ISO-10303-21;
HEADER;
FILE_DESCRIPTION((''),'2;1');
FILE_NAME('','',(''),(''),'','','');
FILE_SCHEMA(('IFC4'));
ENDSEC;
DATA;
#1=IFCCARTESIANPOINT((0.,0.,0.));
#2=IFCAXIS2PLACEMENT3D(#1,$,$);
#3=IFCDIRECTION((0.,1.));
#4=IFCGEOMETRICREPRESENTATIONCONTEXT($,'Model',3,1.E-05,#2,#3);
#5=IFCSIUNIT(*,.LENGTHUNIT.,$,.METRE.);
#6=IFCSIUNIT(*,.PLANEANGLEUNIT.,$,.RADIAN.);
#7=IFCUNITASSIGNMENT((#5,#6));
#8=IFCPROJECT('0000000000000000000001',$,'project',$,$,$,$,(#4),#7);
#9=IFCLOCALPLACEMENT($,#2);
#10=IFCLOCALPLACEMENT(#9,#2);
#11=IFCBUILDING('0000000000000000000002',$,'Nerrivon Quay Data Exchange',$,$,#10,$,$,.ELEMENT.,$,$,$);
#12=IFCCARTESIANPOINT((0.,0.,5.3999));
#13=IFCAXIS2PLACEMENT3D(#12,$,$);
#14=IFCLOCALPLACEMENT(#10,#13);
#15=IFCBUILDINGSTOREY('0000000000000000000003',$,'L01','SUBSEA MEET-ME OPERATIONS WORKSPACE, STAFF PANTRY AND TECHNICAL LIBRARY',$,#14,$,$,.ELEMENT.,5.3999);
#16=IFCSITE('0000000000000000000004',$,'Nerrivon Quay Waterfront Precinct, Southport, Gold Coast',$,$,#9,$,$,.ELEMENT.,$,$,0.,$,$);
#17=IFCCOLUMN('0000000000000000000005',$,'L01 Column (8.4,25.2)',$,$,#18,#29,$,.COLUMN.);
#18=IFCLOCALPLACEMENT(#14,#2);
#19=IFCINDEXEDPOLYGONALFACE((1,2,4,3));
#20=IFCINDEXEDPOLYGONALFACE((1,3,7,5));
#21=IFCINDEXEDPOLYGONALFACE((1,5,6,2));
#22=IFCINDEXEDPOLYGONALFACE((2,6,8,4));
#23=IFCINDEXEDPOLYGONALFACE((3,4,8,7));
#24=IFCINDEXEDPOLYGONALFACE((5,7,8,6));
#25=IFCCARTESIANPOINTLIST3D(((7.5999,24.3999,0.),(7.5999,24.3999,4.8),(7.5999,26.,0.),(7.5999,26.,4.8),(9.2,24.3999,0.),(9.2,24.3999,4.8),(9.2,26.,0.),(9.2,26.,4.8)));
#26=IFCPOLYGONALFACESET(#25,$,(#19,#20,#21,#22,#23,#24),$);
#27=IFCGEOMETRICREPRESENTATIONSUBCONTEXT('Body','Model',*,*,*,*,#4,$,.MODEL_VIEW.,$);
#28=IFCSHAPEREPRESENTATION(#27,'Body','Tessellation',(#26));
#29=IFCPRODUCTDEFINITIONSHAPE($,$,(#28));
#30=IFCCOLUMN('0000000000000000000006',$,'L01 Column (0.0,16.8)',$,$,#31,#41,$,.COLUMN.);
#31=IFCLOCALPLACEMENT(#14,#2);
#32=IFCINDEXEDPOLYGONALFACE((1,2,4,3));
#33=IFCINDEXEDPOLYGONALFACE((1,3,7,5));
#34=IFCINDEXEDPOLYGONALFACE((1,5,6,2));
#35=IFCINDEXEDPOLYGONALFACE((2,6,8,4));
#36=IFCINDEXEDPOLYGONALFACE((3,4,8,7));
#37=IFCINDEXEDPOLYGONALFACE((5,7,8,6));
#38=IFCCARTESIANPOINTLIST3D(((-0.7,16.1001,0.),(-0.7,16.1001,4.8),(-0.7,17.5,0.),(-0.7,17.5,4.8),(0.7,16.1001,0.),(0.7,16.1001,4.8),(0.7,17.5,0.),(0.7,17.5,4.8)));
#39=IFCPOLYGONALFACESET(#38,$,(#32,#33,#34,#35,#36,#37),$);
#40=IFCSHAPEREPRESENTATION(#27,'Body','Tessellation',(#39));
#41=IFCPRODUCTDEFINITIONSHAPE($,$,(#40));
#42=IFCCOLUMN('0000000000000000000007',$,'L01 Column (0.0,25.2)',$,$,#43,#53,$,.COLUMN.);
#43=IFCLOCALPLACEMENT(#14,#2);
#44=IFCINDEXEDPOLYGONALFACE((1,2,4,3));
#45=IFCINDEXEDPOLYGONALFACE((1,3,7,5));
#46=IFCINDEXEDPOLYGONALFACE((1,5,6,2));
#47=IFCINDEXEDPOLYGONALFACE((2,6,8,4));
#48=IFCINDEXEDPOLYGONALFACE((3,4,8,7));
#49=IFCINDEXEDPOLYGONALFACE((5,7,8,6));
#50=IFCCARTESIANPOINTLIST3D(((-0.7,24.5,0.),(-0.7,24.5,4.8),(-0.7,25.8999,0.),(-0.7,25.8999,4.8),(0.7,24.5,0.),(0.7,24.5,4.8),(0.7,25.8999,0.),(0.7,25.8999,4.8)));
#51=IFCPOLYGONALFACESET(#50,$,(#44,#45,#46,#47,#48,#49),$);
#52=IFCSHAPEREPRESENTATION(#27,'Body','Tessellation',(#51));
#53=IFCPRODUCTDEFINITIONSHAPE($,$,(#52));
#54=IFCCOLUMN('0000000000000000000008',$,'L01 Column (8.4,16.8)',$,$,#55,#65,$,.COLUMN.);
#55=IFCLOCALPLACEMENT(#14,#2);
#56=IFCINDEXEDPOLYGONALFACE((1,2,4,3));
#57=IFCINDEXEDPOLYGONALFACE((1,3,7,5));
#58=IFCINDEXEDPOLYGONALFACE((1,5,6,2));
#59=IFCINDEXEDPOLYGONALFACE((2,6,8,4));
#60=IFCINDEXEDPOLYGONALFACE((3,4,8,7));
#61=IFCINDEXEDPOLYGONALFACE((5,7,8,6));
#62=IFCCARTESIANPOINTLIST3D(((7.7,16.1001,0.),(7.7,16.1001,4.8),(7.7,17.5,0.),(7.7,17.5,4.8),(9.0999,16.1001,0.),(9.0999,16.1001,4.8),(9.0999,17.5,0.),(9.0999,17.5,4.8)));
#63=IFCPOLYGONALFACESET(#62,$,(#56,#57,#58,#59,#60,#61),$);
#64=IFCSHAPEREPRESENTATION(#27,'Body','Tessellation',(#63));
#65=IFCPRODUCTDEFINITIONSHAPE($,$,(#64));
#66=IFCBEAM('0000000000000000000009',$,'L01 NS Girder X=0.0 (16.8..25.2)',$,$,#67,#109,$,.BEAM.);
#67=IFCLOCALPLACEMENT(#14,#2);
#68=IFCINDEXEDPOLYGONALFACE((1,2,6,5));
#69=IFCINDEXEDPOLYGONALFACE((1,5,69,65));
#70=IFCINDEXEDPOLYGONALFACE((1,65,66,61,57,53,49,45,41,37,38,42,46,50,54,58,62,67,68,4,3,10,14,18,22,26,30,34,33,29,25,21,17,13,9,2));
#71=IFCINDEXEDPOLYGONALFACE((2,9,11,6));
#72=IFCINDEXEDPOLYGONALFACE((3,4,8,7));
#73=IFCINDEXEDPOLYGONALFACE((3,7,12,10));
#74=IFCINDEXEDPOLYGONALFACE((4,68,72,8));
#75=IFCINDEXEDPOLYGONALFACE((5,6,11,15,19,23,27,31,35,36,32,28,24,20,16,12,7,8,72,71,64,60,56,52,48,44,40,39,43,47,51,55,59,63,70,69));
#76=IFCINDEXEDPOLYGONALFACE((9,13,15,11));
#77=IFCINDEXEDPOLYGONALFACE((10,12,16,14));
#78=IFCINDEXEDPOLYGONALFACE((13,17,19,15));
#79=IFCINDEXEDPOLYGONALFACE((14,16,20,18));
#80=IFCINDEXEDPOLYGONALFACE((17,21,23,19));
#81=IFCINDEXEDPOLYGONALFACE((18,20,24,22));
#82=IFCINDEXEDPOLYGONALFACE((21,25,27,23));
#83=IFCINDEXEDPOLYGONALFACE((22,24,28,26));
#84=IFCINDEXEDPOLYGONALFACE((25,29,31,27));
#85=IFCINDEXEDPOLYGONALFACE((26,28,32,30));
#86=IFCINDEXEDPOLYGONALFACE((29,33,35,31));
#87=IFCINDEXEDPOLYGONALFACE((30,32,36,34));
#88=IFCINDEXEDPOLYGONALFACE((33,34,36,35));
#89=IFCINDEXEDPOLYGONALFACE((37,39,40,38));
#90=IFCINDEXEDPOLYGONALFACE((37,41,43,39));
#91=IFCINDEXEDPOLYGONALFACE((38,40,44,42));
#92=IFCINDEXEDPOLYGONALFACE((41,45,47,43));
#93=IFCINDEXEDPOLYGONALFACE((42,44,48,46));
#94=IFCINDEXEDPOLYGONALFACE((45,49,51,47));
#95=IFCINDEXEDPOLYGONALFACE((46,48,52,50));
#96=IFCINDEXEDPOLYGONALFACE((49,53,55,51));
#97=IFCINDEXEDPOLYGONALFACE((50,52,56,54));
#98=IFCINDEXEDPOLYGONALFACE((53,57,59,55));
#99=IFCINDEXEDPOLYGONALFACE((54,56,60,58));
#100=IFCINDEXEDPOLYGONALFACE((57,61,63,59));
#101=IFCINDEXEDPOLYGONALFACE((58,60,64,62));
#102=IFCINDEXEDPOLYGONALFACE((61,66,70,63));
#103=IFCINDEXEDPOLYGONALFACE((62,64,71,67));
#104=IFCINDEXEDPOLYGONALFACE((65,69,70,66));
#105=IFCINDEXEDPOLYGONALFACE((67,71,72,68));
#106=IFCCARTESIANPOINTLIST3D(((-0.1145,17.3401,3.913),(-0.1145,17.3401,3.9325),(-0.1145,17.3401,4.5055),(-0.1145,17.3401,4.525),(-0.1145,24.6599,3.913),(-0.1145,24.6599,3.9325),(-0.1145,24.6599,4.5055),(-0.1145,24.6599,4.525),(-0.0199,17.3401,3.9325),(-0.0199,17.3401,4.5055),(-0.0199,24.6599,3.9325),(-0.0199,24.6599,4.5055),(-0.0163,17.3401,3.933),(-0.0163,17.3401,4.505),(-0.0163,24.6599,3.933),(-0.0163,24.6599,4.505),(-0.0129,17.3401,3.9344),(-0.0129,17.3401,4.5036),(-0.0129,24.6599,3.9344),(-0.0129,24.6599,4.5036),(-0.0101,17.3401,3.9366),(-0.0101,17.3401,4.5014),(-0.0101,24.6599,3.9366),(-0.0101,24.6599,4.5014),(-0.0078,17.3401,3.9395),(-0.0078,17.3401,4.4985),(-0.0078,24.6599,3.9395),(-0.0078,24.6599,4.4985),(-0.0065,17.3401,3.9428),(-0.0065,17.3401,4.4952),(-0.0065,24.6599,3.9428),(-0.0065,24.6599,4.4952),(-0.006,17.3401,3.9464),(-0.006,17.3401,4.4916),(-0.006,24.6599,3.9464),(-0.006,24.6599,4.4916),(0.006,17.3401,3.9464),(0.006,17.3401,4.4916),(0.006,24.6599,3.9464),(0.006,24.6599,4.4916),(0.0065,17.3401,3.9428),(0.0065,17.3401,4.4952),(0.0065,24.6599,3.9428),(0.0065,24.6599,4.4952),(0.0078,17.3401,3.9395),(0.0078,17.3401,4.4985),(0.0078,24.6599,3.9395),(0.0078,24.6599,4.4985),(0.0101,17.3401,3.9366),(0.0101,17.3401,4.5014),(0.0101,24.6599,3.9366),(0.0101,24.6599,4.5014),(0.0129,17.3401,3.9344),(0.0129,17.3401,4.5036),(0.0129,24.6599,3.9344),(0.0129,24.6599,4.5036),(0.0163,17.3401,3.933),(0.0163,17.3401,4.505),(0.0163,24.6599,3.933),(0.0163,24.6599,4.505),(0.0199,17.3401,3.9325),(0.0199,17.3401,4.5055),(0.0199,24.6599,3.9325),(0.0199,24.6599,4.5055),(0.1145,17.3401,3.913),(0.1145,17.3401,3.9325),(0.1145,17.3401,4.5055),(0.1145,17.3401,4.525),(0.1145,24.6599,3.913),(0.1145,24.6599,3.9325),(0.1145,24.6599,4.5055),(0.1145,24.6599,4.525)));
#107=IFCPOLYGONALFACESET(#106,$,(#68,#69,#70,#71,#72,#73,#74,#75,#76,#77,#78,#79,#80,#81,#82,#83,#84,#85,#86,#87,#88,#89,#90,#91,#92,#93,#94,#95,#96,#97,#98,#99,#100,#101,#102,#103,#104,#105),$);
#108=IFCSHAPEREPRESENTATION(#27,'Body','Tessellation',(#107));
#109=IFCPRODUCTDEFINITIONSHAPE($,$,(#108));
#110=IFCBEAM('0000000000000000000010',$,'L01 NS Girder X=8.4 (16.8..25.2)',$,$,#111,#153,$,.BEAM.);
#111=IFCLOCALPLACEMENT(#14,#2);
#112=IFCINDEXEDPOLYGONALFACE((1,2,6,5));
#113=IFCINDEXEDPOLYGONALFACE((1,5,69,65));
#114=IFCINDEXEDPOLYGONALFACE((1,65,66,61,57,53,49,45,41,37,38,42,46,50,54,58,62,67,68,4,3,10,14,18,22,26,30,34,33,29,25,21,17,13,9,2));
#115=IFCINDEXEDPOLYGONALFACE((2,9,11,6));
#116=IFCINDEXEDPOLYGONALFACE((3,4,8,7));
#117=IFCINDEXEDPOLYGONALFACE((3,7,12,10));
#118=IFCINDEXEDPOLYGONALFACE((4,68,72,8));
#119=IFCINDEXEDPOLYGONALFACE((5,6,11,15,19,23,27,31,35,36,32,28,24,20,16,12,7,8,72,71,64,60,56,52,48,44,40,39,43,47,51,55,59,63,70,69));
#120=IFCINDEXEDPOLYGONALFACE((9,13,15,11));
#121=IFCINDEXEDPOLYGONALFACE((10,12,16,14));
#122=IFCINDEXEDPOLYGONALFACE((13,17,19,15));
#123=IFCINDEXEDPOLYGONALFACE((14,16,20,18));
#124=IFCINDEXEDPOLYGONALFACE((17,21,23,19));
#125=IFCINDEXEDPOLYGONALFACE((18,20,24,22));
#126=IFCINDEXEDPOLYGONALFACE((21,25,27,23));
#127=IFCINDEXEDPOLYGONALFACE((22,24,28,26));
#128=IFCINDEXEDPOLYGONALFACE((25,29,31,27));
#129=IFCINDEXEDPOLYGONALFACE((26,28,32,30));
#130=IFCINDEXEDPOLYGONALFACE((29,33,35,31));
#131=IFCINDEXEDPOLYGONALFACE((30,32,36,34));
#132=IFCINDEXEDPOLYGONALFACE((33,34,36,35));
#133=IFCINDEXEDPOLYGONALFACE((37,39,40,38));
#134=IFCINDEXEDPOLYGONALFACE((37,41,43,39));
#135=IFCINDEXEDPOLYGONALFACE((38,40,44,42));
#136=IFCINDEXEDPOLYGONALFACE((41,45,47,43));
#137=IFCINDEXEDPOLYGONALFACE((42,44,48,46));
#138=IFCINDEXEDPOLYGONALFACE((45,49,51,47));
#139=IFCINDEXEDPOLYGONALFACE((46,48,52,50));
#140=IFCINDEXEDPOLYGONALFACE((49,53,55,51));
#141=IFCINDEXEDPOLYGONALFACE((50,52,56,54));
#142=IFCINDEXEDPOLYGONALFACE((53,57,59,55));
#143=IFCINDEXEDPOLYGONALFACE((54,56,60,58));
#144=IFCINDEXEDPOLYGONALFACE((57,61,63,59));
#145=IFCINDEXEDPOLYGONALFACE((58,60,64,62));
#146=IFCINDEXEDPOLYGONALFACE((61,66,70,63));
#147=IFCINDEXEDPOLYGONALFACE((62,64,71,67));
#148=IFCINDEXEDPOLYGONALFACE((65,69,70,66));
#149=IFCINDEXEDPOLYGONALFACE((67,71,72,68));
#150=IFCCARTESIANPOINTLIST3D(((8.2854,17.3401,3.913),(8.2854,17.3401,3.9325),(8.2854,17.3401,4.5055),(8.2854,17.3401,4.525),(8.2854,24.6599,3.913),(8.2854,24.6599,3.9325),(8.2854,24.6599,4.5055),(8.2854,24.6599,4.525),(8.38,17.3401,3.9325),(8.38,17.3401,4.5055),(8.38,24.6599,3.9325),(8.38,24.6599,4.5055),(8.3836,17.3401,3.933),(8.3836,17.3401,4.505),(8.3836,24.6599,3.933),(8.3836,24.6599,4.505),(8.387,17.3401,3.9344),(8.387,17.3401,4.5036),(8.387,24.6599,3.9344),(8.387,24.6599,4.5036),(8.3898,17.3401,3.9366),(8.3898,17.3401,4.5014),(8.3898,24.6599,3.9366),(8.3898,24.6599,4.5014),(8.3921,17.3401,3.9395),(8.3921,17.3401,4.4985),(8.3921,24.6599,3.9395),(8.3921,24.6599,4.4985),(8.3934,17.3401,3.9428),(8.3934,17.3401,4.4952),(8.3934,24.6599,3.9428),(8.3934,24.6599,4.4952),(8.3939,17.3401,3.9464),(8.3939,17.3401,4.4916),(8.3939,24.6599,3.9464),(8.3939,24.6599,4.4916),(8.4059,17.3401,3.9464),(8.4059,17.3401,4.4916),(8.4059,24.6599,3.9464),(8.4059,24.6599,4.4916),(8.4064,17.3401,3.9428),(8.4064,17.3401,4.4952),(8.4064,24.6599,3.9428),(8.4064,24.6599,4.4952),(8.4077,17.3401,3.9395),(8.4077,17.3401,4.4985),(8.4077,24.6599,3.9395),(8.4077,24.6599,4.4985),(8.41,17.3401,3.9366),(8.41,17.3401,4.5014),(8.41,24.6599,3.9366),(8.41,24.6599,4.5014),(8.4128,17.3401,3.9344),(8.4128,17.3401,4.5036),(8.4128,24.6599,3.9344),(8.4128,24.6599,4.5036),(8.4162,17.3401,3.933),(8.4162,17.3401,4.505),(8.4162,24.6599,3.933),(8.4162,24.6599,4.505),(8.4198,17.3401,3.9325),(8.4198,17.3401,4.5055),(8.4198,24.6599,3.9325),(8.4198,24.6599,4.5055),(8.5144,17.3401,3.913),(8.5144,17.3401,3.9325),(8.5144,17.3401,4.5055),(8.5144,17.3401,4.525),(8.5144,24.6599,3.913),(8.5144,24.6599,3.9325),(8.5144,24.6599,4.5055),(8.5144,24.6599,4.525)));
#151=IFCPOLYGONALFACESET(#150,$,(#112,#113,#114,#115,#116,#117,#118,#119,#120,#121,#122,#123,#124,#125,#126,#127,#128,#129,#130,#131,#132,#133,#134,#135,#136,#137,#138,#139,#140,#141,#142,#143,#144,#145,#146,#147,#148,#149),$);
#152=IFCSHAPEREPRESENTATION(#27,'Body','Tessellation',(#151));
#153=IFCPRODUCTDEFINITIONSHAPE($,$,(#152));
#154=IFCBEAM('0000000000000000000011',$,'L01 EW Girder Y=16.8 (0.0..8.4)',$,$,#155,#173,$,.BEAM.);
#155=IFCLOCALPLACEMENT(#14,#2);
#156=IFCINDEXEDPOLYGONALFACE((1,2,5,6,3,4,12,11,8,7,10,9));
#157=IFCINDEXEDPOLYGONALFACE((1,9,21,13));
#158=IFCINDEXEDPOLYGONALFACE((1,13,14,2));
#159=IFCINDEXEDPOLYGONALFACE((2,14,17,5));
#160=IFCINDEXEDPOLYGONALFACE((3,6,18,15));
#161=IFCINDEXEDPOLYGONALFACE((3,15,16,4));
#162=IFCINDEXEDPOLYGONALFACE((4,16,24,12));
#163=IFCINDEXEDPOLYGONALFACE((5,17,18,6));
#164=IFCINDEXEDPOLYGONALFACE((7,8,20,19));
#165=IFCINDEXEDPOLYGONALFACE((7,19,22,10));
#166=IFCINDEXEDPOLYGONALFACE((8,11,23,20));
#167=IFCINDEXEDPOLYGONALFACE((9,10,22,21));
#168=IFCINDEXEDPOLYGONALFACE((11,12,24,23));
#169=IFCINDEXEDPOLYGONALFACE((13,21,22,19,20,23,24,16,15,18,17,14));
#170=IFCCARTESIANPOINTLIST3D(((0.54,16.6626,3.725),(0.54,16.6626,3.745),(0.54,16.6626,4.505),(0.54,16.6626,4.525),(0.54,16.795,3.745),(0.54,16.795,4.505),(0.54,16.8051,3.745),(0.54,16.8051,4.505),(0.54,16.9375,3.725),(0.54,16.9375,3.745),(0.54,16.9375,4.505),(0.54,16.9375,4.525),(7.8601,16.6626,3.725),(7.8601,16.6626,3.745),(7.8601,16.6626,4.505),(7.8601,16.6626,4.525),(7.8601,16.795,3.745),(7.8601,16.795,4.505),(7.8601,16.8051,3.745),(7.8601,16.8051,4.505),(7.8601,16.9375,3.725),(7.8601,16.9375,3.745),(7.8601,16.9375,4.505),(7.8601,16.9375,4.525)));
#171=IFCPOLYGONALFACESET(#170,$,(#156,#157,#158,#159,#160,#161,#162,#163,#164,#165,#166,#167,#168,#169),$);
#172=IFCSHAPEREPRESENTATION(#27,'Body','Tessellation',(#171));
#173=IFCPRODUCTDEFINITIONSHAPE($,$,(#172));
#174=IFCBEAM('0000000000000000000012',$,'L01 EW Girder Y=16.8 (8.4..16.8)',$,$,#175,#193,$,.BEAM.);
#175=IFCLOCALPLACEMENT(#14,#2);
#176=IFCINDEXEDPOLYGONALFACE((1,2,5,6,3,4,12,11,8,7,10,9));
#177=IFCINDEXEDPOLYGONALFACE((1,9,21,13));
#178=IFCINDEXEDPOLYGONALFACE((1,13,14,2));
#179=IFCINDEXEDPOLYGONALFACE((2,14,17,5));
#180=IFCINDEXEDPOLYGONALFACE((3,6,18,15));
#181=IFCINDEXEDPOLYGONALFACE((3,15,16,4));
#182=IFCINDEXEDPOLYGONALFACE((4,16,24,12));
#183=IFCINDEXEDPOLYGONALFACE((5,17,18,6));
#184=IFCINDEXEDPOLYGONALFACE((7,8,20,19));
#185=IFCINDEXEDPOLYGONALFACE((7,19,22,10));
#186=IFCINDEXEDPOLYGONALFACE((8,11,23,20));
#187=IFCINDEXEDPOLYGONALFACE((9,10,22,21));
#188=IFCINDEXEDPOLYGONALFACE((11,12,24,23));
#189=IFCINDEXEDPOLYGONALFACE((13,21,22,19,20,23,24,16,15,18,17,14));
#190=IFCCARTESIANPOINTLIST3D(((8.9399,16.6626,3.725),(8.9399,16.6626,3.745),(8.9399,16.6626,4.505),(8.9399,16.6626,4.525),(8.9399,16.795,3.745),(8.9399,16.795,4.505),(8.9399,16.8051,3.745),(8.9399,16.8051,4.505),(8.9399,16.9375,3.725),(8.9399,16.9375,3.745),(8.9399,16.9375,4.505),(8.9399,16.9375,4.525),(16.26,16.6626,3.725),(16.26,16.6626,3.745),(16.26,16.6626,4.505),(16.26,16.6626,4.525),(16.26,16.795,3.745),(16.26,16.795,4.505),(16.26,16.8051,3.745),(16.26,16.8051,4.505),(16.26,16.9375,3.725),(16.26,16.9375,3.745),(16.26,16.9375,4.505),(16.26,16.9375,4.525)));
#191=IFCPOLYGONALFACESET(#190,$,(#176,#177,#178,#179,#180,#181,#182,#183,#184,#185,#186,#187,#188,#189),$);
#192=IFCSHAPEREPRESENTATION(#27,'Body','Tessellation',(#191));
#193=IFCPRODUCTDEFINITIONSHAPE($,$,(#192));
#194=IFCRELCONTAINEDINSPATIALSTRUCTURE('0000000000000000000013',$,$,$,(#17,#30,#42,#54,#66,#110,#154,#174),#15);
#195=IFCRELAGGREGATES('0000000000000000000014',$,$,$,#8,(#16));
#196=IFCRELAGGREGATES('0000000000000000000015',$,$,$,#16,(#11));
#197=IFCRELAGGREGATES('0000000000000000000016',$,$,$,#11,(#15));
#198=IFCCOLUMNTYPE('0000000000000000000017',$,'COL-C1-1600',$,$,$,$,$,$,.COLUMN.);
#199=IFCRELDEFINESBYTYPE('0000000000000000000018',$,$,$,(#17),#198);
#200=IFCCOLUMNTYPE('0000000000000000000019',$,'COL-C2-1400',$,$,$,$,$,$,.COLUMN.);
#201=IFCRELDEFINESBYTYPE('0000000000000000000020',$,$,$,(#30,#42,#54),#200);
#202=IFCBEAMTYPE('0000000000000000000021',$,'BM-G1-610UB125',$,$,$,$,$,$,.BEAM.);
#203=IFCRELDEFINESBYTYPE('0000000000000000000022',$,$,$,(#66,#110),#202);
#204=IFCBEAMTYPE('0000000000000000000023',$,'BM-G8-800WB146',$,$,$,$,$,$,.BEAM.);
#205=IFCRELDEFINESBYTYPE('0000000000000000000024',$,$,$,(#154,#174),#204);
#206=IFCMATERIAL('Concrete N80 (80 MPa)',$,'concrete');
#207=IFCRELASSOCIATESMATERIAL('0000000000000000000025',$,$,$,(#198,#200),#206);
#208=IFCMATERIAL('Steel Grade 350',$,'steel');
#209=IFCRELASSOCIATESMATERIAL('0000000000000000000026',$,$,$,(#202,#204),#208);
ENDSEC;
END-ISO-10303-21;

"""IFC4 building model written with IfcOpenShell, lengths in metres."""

from ifc_helpers import new_model, si_unit, direction, frame, origin, origin_2d, place, context, subcontext, project, spatial, rectangle, i_section, extrude, material, material_profile, profile_set, type_object, element, save


model = new_model("IFC4")

# Units and contexts
model_context = context("Model", 3, precision=1e-05, world=origin(), true_north=direction((0.0, 1.0)))
body_context = subcontext(model_context, "Body", "Model", "MODEL_VIEW")
ifc_project = project(units=[si_unit("LENGTHUNIT", "METRE"), si_unit("PLANEANGLEUNIT", "RADIAN")], contexts=[model_context])

# Site, building, storey
site_placement = place(None, origin())
site = spatial("IfcSite", under=ifc_project, at=site_placement, Name="Nerrivon Quay Waterfront Precinct, Southport, Gold Coast", CompositionType="ELEMENT", RefElevation=0.0)
building_placement = place(site_placement, origin())
building = spatial("IfcBuilding", under=site, at=building_placement, Name="Nerrivon Quay Data Exchange", CompositionType="ELEMENT")
storey_placement = place(building_placement, frame((0.0, 0.0, 5.3999)))
storey = spatial("IfcBuildingStorey", under=building, at=storey_placement, Name="L01", Description="SUBSEA MEET-ME OPERATIONS WORKSPACE, STAFF PANTRY AND TECHNICAL LIBRARY", CompositionType="ELEMENT", Elevation=5.3999)

# Columns
ifc_material_1 = material(Name="Concrete N80 (80 MPa)", Category="concrete")
ifc_material_profile_1 = material_profile(ifc_material_1, rectangle(XDim=1.6001, YDim=1.6001, at=origin_2d()), Name="RC-COL-1600x1600")
ifc_profile_set_1 = profile_set([ifc_material_profile_1], Name="Concrete N80 (80 MPa)")
column_type_1 = type_object("IfcColumnType", Name="COL-C1-1600", PredefinedType="COLUMN", material=ifc_profile_set_1)
column_placement = place(storey_placement, frame((8.3999, 25.2, 0.0), z_axis=(0.0, 0.0, 1.0), x_axis=(1.0, 0.0, 0.0)))
element("IfcColumn", 1, at=column_placement, inside=storey, type_object=column_type_1, Name="L01 Column (8.4,25.2)", PredefinedType="COLUMN", context=body_context, shape_type="SweptSolid", body=[
    extrude(rectangle(XDim=1.6001, YDim=1.6001, at=origin_2d()), origin(), (0.0, 0.0, 1.0), 4.8),
])
ifc_material_profile_2 = material_profile(ifc_material_1, rectangle(XDim=1.3999, YDim=1.3999, at=origin_2d()), Name="RC-COL-1400x1400")
ifc_profile_set_2 = profile_set([ifc_material_profile_2], Name="Concrete N80 (80 MPa)")
column_type_2 = type_object("IfcColumnType", Name="COL-C2-1400", PredefinedType="COLUMN", material=ifc_profile_set_2)
for number, where, z_axis, x_axis, name in (
    (2, (0.0, 16.8, 0.0), (0.0, 0.0, 1.0), (1.0, 0.0, 0.0), "L01 Column (0.0,16.8)"),
    (3, (0.0, 25.2, 0.0), (0.0, 0.0, 1.0), (1.0, 0.0, 0.0), "L01 Column (0.0,25.2)"),
    (4, (8.3999, 16.8, 0.0), (0.0, 0.0, 1.0), (1.0, 0.0, 0.0), "L01 Column (8.4,16.8)"),
):
    element("IfcColumn", number, at=place(storey_placement, frame(where, z_axis=z_axis, x_axis=x_axis)), inside=storey, type_object=column_type_2, Name=name, PredefinedType="COLUMN", context=body_context, shape_type="SweptSolid", body=[
        extrude(rectangle(XDim=1.3999, YDim=1.3999, at=origin_2d()), origin(), (0.0, 0.0, 1.0), 4.8),
    ])

# Beams
ifc_material_2 = material(Name="Steel Grade 350", Category="steel")
ifc_material_profile_3 = material_profile(ifc_material_2, i_section(OverallWidth=0.229, OverallDepth=0.6121, WebThickness=0.012, FlangeThickness=0.0195, FilletRadius=0.0139, at=origin_2d()), Name="610UB125")
ifc_profile_set_3 = profile_set([ifc_material_profile_3], Name="Steel Grade 350")
beam_type_1 = type_object("IfcBeamType", Name="BM-G1-610UB125", PredefinedType="BEAM", material=ifc_profile_set_3)
for number, where, z_axis, x_axis, name in (
    (5, (0.0, 17.3401, 4.219), (0.0, 1.0, 0.0), (-1.0, 0.0, 0.0), "L01 NS Girder X=0.0 (16.8..25.2)"),
    (6, (8.3999, 17.3401, 4.219), (0.0, 1.0, 0.0), (-1.0, 0.0, 0.0), "L01 NS Girder X=8.4 (16.8..25.2)"),
):
    element("IfcBeam", number, at=place(storey_placement, frame(where, z_axis=z_axis, x_axis=x_axis)), inside=storey, type_object=beam_type_1, Name=name, PredefinedType="BEAM", context=body_context, shape_type="SweptSolid", body=[
        extrude(i_section(OverallWidth=0.229, OverallDepth=0.6121, WebThickness=0.012, FlangeThickness=0.0195, FilletRadius=0.0139, at=origin_2d()), origin(), (0.0, 0.0, 1.0), 7.3198),
    ])
ifc_material_profile_4 = material_profile(ifc_material_2, i_section(OverallWidth=0.2749, OverallDepth=0.8, WebThickness=0.01, FlangeThickness=0.02, at=origin_2d()), Name="800WB146")
ifc_profile_set_4 = profile_set([ifc_material_profile_4], Name="Steel Grade 350")
beam_type_2 = type_object("IfcBeamType", Name="BM-G8-800WB146", PredefinedType="BEAM", material=ifc_profile_set_4)
for number, where, z_axis, x_axis, name in (
    (7, (0.54, 16.8, 4.125), (1.0, 0.0, 0.0), (0.0, 1.0, 0.0), "L01 EW Girder Y=16.8 (0.0..8.4)"),
    (8, (8.9399, 16.8, 4.125), (1.0, 0.0, 0.0), (0.0, 1.0, 0.0), "L01 EW Girder Y=16.8 (8.4..16.8)"),
):
    element("IfcBeam", number, at=place(storey_placement, frame(where, z_axis=z_axis, x_axis=x_axis)), inside=storey, type_object=beam_type_2, Name=name, PredefinedType="BEAM", context=body_context, shape_type="SweptSolid", body=[
        extrude(i_section(OverallWidth=0.2749, OverallDepth=0.8, WebThickness=0.01, FlangeThickness=0.02, at=origin_2d()), origin(), (0.0, 0.0, 1.0), 7.3201),
    ])

save(model, "model.ifc")
